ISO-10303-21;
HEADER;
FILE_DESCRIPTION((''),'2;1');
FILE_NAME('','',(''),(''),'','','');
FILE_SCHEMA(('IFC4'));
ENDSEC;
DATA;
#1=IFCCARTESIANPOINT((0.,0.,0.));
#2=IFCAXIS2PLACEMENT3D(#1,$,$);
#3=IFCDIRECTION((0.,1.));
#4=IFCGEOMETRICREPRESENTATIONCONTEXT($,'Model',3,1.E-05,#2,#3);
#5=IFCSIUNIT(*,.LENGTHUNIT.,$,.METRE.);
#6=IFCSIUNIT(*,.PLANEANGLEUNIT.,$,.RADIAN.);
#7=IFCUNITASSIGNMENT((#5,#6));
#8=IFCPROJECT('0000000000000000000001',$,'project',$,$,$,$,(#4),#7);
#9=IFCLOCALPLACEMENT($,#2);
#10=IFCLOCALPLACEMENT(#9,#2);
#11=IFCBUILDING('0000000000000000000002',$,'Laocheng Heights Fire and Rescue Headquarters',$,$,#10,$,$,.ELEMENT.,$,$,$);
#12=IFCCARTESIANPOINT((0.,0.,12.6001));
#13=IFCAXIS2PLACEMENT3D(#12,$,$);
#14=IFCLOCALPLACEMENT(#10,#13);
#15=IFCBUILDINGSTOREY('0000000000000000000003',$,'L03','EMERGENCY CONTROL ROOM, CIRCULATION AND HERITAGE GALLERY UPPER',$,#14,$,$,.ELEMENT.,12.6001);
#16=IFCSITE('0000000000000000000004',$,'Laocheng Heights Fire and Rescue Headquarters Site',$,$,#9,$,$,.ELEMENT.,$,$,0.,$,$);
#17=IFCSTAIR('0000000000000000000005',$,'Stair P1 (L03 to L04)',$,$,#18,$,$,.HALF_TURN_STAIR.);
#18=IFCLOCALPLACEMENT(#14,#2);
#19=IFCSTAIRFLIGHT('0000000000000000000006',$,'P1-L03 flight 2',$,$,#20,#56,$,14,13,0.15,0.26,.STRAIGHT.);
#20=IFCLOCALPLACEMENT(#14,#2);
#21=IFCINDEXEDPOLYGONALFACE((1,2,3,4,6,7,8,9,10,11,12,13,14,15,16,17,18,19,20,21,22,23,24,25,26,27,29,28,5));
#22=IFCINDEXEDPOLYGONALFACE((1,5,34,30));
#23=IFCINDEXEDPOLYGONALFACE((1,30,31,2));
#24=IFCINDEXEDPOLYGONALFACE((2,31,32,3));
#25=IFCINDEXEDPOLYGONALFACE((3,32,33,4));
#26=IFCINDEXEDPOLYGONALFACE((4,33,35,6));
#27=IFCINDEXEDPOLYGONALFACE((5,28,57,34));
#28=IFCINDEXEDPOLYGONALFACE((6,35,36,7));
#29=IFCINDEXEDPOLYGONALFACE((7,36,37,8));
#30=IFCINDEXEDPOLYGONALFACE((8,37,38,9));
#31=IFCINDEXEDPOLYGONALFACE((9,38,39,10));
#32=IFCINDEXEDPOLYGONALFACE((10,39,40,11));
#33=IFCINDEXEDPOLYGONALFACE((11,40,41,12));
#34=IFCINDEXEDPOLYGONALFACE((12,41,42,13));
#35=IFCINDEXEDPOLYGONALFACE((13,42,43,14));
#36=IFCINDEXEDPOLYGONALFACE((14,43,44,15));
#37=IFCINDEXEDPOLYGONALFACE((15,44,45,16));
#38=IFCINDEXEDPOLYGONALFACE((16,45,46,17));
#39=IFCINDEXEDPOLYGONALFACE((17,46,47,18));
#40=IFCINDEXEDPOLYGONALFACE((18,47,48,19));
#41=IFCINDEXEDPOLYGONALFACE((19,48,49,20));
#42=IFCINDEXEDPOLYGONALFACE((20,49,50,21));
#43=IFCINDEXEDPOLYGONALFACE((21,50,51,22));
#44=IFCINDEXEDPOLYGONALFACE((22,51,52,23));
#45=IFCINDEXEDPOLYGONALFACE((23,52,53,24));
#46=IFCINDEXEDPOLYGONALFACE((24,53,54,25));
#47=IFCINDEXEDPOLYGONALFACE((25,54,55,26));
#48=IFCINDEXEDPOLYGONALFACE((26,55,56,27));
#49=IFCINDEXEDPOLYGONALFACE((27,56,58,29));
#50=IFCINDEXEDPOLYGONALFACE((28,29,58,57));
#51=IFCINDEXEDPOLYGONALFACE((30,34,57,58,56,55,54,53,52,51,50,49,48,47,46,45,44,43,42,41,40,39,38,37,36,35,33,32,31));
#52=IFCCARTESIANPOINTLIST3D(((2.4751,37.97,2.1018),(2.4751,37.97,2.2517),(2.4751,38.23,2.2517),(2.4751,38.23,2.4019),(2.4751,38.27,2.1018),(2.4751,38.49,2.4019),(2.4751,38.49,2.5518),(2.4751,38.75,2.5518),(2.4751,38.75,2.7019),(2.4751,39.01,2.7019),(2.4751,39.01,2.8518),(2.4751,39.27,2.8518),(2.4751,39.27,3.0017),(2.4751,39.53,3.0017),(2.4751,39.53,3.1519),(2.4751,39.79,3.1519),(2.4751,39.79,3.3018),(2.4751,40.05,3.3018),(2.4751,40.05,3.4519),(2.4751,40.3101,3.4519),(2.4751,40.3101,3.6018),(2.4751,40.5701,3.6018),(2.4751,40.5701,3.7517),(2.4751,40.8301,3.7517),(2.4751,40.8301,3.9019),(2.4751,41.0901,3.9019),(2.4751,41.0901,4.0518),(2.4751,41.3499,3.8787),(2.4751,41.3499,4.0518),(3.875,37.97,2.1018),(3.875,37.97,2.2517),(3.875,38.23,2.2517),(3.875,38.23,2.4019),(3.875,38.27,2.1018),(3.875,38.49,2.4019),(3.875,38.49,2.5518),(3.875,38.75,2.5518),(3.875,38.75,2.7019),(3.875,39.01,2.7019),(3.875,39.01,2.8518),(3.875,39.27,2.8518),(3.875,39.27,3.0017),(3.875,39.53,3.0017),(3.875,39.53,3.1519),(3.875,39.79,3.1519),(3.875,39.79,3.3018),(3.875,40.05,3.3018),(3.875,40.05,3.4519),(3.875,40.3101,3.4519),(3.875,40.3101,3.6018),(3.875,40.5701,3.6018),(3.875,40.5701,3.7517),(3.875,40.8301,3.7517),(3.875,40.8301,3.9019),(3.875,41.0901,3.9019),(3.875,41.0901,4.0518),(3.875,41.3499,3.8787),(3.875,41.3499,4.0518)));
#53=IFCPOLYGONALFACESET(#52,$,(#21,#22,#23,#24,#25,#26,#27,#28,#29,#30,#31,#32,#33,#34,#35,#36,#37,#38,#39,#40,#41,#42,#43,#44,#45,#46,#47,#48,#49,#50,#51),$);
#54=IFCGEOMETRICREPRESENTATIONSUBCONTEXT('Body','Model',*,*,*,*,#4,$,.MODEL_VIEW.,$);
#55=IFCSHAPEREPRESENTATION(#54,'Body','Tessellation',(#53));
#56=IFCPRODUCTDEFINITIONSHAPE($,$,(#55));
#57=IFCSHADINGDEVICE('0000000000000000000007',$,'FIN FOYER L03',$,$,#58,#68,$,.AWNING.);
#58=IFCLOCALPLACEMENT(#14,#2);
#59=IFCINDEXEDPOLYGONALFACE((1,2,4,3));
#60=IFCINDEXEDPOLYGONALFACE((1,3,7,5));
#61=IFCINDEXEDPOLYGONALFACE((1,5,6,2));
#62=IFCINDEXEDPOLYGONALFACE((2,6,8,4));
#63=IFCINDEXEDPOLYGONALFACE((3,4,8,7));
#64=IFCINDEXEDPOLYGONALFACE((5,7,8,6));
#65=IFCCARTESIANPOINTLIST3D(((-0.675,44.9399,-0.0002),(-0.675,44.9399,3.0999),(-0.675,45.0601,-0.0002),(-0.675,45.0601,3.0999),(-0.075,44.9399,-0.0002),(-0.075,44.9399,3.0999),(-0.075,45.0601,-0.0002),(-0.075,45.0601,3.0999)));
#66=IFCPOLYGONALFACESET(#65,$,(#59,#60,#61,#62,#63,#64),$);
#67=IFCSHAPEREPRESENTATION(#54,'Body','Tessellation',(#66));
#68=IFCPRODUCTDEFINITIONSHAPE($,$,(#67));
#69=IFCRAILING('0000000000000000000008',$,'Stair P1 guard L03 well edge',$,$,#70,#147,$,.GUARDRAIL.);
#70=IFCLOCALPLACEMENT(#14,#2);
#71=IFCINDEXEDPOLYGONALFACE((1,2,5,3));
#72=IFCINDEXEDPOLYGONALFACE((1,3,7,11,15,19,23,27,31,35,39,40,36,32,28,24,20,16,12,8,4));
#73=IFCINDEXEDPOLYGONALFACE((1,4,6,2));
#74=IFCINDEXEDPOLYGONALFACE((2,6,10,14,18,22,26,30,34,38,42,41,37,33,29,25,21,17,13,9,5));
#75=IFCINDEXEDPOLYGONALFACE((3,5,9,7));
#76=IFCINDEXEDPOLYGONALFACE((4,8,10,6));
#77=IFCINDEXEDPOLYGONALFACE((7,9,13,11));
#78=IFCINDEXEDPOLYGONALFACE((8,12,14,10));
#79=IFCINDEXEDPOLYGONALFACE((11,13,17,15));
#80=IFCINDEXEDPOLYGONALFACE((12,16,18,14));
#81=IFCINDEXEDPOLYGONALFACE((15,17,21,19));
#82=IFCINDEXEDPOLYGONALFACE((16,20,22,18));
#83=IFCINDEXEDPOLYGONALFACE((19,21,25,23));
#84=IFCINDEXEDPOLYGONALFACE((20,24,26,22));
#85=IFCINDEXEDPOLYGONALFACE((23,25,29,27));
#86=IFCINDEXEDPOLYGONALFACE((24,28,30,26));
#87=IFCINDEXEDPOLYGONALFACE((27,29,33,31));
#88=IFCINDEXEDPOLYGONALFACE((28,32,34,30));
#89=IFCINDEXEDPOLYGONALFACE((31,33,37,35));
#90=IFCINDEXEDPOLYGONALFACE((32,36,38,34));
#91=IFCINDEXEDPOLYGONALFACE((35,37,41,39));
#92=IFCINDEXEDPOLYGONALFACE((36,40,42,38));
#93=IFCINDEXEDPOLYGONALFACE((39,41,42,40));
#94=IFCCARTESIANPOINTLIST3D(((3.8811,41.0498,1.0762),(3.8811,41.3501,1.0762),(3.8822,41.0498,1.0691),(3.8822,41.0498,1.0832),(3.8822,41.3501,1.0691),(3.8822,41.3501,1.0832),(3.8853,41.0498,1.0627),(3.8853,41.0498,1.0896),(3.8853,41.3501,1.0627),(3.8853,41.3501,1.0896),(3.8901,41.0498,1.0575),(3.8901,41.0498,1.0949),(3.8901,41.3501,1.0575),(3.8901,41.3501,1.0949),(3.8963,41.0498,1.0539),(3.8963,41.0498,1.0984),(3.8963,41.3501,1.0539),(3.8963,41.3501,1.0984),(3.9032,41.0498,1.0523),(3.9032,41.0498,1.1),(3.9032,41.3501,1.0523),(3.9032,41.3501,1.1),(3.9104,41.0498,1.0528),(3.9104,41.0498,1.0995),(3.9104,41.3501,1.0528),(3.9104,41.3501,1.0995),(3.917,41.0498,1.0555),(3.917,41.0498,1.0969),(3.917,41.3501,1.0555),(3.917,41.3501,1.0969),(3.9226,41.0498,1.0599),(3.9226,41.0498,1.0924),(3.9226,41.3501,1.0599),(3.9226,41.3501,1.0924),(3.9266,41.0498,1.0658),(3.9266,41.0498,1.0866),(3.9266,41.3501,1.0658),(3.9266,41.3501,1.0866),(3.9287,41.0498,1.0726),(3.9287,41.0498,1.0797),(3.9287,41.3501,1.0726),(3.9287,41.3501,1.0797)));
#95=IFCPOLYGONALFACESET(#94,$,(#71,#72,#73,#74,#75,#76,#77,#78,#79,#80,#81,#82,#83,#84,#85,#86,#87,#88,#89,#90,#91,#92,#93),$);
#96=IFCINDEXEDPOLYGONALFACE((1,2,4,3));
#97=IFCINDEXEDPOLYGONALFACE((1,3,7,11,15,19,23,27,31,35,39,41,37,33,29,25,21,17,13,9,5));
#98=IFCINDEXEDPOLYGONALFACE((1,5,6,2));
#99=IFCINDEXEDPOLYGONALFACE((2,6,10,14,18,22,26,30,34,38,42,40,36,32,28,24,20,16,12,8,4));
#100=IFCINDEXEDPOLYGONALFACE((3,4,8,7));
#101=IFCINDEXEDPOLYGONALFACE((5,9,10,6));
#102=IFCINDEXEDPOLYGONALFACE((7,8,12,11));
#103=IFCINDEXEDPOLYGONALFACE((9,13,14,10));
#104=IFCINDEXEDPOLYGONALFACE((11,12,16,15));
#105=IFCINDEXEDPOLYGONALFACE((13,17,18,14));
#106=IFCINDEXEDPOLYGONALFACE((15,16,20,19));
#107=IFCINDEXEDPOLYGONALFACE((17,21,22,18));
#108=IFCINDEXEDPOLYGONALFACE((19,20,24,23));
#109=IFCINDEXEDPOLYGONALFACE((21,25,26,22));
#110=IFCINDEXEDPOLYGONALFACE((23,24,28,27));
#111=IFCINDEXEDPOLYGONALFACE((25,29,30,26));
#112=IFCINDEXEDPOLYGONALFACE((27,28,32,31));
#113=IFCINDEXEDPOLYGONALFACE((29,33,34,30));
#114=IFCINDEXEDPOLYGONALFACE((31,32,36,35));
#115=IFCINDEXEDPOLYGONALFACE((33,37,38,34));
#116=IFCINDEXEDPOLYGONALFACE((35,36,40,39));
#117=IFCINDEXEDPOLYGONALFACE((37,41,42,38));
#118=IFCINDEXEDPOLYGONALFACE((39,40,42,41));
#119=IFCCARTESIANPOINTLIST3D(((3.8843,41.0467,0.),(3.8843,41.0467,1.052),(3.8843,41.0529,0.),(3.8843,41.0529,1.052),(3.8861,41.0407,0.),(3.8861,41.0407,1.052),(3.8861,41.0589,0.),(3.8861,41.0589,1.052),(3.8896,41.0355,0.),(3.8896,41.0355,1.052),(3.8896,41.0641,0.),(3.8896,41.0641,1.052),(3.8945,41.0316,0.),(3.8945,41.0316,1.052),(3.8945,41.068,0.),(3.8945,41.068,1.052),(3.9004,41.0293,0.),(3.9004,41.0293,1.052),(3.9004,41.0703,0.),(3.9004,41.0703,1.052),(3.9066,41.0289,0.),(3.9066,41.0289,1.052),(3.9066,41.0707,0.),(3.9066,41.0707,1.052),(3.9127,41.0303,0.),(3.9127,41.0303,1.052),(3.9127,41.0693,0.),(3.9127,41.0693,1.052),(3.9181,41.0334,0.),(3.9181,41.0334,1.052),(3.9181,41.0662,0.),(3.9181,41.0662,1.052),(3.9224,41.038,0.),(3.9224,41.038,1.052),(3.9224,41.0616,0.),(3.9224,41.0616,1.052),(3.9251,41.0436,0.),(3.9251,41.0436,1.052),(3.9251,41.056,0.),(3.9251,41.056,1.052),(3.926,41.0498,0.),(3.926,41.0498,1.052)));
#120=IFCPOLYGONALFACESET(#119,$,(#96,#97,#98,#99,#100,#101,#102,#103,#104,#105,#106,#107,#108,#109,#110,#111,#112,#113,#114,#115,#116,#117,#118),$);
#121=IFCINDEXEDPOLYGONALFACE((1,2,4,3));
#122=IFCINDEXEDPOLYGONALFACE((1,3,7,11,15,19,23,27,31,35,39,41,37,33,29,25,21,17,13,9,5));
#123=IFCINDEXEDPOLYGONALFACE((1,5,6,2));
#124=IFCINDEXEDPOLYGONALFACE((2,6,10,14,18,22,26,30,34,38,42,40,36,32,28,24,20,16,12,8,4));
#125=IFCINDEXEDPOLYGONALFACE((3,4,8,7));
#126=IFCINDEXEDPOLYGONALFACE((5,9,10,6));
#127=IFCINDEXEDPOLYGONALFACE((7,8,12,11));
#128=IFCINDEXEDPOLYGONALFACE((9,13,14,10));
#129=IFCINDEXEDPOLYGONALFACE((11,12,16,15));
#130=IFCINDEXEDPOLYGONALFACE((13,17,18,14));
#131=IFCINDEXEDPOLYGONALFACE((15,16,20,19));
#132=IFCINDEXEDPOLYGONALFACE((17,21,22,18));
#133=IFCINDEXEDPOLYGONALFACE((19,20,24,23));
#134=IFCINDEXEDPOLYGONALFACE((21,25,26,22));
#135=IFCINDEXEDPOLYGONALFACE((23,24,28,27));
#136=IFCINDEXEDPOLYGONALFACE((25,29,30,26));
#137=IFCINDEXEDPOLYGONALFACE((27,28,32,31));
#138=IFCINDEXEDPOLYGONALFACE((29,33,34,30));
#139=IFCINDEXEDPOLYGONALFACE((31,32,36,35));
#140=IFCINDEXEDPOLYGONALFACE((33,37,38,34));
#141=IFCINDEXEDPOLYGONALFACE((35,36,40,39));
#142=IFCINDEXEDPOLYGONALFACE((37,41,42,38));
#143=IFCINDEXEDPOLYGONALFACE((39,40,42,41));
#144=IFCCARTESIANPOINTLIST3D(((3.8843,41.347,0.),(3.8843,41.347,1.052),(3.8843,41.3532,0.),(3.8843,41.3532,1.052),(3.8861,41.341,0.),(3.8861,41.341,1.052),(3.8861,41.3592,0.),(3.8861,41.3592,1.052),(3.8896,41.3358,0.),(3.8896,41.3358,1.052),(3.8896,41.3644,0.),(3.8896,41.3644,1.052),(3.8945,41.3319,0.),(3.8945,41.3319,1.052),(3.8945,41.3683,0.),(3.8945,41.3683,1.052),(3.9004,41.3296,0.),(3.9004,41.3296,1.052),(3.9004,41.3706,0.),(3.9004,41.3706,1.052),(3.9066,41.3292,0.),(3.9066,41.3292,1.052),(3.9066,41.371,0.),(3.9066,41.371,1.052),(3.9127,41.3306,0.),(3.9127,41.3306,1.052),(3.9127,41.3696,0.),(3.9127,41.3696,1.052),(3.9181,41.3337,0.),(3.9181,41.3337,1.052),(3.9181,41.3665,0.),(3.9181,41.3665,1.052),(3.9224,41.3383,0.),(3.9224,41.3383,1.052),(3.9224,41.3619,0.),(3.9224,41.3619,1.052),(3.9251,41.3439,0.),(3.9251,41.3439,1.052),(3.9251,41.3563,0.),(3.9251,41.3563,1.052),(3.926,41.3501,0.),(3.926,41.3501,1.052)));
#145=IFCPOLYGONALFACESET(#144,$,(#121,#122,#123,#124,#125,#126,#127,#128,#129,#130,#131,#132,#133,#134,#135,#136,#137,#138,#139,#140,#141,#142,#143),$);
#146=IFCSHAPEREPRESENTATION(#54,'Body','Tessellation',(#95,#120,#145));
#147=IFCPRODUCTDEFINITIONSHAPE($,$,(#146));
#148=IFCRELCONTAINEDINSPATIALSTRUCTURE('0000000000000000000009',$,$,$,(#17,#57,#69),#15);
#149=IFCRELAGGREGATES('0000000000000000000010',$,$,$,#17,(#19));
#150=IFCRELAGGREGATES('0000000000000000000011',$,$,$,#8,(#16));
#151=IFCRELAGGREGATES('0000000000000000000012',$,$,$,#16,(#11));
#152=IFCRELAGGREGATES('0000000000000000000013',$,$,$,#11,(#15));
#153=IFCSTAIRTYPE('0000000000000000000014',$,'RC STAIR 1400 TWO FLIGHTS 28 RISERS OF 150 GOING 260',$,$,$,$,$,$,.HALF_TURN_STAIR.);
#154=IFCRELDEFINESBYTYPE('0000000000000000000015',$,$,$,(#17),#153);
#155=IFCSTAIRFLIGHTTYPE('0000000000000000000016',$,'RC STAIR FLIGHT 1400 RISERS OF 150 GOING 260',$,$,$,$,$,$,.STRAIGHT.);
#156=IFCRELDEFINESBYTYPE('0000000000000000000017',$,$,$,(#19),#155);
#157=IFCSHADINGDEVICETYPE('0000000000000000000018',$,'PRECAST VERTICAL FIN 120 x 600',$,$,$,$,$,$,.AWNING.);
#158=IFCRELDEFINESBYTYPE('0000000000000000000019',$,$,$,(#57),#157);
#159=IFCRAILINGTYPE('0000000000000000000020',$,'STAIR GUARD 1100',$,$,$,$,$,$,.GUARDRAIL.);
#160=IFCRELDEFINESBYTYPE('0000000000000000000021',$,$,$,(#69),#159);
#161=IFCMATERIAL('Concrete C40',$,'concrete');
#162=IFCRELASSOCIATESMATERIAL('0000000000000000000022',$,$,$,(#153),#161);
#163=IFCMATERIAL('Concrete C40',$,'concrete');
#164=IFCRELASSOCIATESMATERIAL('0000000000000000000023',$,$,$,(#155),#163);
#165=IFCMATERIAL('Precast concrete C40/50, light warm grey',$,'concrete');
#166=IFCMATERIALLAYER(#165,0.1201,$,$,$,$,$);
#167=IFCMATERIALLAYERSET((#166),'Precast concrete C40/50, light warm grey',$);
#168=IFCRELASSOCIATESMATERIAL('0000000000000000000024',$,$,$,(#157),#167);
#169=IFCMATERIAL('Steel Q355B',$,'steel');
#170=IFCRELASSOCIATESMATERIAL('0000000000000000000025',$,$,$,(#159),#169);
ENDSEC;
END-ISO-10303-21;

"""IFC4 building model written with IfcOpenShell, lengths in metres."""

from ifc_helpers import new_model, si_unit, direction, frame, origin, origin_2d, place, context, subcontext, project, spatial, polyline, rectangle, circle, outline, extrude, material, layer, layer_set, type_object, element, aggregate, save


model = new_model("IFC4")

# Units and contexts
model_context = context("Model", 3, precision=1e-05, world=origin(), true_north=direction((0.0, 1.0)))
body_context = subcontext(model_context, "Body", "Model", "MODEL_VIEW")
ifc_project = project(units=[si_unit("LENGTHUNIT", "METRE"), si_unit("PLANEANGLEUNIT", "RADIAN")], contexts=[model_context])

# Site, building, storey
site_placement = place(None, origin())
site = spatial("IfcSite", under=ifc_project, at=site_placement, Name="Laocheng Heights Fire and Rescue Headquarters Site", CompositionType="ELEMENT", RefElevation=0.0)
building_placement = place(site_placement, origin())
building = spatial("IfcBuilding", under=site, at=building_placement, Name="Laocheng Heights Fire and Rescue Headquarters", CompositionType="ELEMENT")
storey_placement = place(building_placement, frame((0.0, 0.0, 12.6001)))
storey = spatial("IfcBuildingStorey", under=building, at=storey_placement, Name="L03", Description="EMERGENCY CONTROL ROOM, CIRCULATION AND HERITAGE GALLERY UPPER", CompositionType="ELEMENT", Elevation=12.6001)

# Stair, stair flight
ifc_material_1 = material(Name="Concrete C40", Category="concrete")
stair_type = type_object("IfcStairType", Name="RC STAIR 1400 TWO FLIGHTS 28 RISERS OF 150 GOING 260", PredefinedType="HALF_TURN_STAIR", material=ifc_material_1)
stair_placement = place(storey_placement, origin())
stair = element("IfcStair", 1, at=stair_placement, inside=storey, type_object=stair_type, Name="Stair P1 (L03 to L04)", PredefinedType="HALF_TURN_STAIR")
ifc_material_2 = material(Name="Concrete C40", Category="concrete")
stair_flight_type = type_object("IfcStairFlightType", Name="RC STAIR FLIGHT 1400 RISERS OF 150 GOING 260", PredefinedType="STRAIGHT", material=ifc_material_2)
stair_flight_1_placement = place(storey_placement, frame((3.175, 37.97, 2.1018), z_axis=(0.0, 0.0, 1.0), x_axis=(0.0, 1.0, 0.0)))
stair_flight_1 = element("IfcStairFlight", 2, at=stair_flight_1_placement, type_object=stair_flight_type, Name="P1-L03 flight 2", NumberOfRisers=14, NumberOfTreads=13, PredefinedType="STRAIGHT", RiserHeight=0.15, TreadLength=0.26, context=body_context, shape_type="SweptSolid", body=[
    extrude(outline(polyline([(0.0, 0.0), (0.0, 0.1499), (0.26, 0.1499), (0.26, 0.3), (0.52, 0.3), (0.52, 0.45), (0.78, 0.45), (0.78, 0.6001), (1.04, 0.6001), (1.04, 0.75), (1.3, 0.75), (1.3, 0.8999), (1.5601, 0.8999), (1.5601, 1.05), (1.8201, 1.05), (1.8201, 1.2), (2.0801, 1.2), (2.0801, 1.3501), (2.3401, 1.3501), (2.3401, 1.5), (2.6001, 1.5), (2.6001, 1.6499), (2.8601, 1.6499), (2.8601, 1.8), (3.1201, 1.8), (3.1201, 1.95), (3.3799, 1.95), (3.3799, 2.1001), (3.3799, 1.7769), (0.3, 0.0), (0.0, 0.0)])), frame((0.0, 0.7, 0.0), z_axis=(0.0, -1.0, 0.0), x_axis=(1.0, 0.0, 0.0)), (0.0, 0.0, 1.0), 1.3999),
])
aggregate(stair, [stair_flight_1])

# Shading device
ifc_material_3 = material(Name="Precast concrete C40/50, light warm grey", Category="concrete")
ifc_layer_1 = layer(ifc_material_3, 0.1201)
ifc_layer_set_1 = layer_set([ifc_layer_1], Name="Precast concrete C40/50, light warm grey")
shading_device_type = type_object("IfcShadingDeviceType", Name="PRECAST VERTICAL FIN 120 x 600", PredefinedType="AWNING", material=ifc_layer_set_1)
shading_device_placement = place(storey_placement, frame((-0.375, 45.0, -0.0002), z_axis=(0.0, 0.0, 1.0), x_axis=(1.0, 0.0, 0.0)))
element("IfcShadingDevice", 3, at=shading_device_placement, inside=storey, type_object=shading_device_type, Name="FIN FOYER L03", PredefinedType="AWNING", context=body_context, shape_type="SweptSolid", body=[
    extrude(rectangle(XDim=0.6001, YDim=0.1201, at=origin_2d()), origin(), (0.0, 0.0, 1.0), 3.1001),
])

# Railing
ifc_material_4 = material(Name="Steel Q355B", Category="steel")
railing_type_1 = type_object("IfcRailingType", Name="STAIR GUARD 1100", PredefinedType="GUARDRAIL", material=ifc_material_4)
railing_1_placement = place(storey_placement, frame((3.905, 41.0498, 0.0)))
element("IfcRailing", 4, at=railing_1_placement, inside=storey, type_object=railing_type_1, Name="Stair P1 guard L03 well edge", PredefinedType="GUARDRAIL", context=body_context, shape_type="SweptSolid", body=[
    extrude(circle(Radius=0.0239, at=origin_2d()), frame((0.0, 0.0, 1.0762), z_axis=(0.0, 1.0, 0.0), x_axis=(-1.0, 0.0, 0.0)), (0.0, 0.0, 1.0), 0.3003),
    extrude(circle(Radius=0.021, at=origin_2d()), origin(), (0.0, 0.0, 1.0), 1.052),
    extrude(circle(Radius=0.021, at=origin_2d()), frame((0.0, 0.3003, 0.0)), (0.0, 0.0, 1.0), 1.052),
])

save(model, "model.ifc")
